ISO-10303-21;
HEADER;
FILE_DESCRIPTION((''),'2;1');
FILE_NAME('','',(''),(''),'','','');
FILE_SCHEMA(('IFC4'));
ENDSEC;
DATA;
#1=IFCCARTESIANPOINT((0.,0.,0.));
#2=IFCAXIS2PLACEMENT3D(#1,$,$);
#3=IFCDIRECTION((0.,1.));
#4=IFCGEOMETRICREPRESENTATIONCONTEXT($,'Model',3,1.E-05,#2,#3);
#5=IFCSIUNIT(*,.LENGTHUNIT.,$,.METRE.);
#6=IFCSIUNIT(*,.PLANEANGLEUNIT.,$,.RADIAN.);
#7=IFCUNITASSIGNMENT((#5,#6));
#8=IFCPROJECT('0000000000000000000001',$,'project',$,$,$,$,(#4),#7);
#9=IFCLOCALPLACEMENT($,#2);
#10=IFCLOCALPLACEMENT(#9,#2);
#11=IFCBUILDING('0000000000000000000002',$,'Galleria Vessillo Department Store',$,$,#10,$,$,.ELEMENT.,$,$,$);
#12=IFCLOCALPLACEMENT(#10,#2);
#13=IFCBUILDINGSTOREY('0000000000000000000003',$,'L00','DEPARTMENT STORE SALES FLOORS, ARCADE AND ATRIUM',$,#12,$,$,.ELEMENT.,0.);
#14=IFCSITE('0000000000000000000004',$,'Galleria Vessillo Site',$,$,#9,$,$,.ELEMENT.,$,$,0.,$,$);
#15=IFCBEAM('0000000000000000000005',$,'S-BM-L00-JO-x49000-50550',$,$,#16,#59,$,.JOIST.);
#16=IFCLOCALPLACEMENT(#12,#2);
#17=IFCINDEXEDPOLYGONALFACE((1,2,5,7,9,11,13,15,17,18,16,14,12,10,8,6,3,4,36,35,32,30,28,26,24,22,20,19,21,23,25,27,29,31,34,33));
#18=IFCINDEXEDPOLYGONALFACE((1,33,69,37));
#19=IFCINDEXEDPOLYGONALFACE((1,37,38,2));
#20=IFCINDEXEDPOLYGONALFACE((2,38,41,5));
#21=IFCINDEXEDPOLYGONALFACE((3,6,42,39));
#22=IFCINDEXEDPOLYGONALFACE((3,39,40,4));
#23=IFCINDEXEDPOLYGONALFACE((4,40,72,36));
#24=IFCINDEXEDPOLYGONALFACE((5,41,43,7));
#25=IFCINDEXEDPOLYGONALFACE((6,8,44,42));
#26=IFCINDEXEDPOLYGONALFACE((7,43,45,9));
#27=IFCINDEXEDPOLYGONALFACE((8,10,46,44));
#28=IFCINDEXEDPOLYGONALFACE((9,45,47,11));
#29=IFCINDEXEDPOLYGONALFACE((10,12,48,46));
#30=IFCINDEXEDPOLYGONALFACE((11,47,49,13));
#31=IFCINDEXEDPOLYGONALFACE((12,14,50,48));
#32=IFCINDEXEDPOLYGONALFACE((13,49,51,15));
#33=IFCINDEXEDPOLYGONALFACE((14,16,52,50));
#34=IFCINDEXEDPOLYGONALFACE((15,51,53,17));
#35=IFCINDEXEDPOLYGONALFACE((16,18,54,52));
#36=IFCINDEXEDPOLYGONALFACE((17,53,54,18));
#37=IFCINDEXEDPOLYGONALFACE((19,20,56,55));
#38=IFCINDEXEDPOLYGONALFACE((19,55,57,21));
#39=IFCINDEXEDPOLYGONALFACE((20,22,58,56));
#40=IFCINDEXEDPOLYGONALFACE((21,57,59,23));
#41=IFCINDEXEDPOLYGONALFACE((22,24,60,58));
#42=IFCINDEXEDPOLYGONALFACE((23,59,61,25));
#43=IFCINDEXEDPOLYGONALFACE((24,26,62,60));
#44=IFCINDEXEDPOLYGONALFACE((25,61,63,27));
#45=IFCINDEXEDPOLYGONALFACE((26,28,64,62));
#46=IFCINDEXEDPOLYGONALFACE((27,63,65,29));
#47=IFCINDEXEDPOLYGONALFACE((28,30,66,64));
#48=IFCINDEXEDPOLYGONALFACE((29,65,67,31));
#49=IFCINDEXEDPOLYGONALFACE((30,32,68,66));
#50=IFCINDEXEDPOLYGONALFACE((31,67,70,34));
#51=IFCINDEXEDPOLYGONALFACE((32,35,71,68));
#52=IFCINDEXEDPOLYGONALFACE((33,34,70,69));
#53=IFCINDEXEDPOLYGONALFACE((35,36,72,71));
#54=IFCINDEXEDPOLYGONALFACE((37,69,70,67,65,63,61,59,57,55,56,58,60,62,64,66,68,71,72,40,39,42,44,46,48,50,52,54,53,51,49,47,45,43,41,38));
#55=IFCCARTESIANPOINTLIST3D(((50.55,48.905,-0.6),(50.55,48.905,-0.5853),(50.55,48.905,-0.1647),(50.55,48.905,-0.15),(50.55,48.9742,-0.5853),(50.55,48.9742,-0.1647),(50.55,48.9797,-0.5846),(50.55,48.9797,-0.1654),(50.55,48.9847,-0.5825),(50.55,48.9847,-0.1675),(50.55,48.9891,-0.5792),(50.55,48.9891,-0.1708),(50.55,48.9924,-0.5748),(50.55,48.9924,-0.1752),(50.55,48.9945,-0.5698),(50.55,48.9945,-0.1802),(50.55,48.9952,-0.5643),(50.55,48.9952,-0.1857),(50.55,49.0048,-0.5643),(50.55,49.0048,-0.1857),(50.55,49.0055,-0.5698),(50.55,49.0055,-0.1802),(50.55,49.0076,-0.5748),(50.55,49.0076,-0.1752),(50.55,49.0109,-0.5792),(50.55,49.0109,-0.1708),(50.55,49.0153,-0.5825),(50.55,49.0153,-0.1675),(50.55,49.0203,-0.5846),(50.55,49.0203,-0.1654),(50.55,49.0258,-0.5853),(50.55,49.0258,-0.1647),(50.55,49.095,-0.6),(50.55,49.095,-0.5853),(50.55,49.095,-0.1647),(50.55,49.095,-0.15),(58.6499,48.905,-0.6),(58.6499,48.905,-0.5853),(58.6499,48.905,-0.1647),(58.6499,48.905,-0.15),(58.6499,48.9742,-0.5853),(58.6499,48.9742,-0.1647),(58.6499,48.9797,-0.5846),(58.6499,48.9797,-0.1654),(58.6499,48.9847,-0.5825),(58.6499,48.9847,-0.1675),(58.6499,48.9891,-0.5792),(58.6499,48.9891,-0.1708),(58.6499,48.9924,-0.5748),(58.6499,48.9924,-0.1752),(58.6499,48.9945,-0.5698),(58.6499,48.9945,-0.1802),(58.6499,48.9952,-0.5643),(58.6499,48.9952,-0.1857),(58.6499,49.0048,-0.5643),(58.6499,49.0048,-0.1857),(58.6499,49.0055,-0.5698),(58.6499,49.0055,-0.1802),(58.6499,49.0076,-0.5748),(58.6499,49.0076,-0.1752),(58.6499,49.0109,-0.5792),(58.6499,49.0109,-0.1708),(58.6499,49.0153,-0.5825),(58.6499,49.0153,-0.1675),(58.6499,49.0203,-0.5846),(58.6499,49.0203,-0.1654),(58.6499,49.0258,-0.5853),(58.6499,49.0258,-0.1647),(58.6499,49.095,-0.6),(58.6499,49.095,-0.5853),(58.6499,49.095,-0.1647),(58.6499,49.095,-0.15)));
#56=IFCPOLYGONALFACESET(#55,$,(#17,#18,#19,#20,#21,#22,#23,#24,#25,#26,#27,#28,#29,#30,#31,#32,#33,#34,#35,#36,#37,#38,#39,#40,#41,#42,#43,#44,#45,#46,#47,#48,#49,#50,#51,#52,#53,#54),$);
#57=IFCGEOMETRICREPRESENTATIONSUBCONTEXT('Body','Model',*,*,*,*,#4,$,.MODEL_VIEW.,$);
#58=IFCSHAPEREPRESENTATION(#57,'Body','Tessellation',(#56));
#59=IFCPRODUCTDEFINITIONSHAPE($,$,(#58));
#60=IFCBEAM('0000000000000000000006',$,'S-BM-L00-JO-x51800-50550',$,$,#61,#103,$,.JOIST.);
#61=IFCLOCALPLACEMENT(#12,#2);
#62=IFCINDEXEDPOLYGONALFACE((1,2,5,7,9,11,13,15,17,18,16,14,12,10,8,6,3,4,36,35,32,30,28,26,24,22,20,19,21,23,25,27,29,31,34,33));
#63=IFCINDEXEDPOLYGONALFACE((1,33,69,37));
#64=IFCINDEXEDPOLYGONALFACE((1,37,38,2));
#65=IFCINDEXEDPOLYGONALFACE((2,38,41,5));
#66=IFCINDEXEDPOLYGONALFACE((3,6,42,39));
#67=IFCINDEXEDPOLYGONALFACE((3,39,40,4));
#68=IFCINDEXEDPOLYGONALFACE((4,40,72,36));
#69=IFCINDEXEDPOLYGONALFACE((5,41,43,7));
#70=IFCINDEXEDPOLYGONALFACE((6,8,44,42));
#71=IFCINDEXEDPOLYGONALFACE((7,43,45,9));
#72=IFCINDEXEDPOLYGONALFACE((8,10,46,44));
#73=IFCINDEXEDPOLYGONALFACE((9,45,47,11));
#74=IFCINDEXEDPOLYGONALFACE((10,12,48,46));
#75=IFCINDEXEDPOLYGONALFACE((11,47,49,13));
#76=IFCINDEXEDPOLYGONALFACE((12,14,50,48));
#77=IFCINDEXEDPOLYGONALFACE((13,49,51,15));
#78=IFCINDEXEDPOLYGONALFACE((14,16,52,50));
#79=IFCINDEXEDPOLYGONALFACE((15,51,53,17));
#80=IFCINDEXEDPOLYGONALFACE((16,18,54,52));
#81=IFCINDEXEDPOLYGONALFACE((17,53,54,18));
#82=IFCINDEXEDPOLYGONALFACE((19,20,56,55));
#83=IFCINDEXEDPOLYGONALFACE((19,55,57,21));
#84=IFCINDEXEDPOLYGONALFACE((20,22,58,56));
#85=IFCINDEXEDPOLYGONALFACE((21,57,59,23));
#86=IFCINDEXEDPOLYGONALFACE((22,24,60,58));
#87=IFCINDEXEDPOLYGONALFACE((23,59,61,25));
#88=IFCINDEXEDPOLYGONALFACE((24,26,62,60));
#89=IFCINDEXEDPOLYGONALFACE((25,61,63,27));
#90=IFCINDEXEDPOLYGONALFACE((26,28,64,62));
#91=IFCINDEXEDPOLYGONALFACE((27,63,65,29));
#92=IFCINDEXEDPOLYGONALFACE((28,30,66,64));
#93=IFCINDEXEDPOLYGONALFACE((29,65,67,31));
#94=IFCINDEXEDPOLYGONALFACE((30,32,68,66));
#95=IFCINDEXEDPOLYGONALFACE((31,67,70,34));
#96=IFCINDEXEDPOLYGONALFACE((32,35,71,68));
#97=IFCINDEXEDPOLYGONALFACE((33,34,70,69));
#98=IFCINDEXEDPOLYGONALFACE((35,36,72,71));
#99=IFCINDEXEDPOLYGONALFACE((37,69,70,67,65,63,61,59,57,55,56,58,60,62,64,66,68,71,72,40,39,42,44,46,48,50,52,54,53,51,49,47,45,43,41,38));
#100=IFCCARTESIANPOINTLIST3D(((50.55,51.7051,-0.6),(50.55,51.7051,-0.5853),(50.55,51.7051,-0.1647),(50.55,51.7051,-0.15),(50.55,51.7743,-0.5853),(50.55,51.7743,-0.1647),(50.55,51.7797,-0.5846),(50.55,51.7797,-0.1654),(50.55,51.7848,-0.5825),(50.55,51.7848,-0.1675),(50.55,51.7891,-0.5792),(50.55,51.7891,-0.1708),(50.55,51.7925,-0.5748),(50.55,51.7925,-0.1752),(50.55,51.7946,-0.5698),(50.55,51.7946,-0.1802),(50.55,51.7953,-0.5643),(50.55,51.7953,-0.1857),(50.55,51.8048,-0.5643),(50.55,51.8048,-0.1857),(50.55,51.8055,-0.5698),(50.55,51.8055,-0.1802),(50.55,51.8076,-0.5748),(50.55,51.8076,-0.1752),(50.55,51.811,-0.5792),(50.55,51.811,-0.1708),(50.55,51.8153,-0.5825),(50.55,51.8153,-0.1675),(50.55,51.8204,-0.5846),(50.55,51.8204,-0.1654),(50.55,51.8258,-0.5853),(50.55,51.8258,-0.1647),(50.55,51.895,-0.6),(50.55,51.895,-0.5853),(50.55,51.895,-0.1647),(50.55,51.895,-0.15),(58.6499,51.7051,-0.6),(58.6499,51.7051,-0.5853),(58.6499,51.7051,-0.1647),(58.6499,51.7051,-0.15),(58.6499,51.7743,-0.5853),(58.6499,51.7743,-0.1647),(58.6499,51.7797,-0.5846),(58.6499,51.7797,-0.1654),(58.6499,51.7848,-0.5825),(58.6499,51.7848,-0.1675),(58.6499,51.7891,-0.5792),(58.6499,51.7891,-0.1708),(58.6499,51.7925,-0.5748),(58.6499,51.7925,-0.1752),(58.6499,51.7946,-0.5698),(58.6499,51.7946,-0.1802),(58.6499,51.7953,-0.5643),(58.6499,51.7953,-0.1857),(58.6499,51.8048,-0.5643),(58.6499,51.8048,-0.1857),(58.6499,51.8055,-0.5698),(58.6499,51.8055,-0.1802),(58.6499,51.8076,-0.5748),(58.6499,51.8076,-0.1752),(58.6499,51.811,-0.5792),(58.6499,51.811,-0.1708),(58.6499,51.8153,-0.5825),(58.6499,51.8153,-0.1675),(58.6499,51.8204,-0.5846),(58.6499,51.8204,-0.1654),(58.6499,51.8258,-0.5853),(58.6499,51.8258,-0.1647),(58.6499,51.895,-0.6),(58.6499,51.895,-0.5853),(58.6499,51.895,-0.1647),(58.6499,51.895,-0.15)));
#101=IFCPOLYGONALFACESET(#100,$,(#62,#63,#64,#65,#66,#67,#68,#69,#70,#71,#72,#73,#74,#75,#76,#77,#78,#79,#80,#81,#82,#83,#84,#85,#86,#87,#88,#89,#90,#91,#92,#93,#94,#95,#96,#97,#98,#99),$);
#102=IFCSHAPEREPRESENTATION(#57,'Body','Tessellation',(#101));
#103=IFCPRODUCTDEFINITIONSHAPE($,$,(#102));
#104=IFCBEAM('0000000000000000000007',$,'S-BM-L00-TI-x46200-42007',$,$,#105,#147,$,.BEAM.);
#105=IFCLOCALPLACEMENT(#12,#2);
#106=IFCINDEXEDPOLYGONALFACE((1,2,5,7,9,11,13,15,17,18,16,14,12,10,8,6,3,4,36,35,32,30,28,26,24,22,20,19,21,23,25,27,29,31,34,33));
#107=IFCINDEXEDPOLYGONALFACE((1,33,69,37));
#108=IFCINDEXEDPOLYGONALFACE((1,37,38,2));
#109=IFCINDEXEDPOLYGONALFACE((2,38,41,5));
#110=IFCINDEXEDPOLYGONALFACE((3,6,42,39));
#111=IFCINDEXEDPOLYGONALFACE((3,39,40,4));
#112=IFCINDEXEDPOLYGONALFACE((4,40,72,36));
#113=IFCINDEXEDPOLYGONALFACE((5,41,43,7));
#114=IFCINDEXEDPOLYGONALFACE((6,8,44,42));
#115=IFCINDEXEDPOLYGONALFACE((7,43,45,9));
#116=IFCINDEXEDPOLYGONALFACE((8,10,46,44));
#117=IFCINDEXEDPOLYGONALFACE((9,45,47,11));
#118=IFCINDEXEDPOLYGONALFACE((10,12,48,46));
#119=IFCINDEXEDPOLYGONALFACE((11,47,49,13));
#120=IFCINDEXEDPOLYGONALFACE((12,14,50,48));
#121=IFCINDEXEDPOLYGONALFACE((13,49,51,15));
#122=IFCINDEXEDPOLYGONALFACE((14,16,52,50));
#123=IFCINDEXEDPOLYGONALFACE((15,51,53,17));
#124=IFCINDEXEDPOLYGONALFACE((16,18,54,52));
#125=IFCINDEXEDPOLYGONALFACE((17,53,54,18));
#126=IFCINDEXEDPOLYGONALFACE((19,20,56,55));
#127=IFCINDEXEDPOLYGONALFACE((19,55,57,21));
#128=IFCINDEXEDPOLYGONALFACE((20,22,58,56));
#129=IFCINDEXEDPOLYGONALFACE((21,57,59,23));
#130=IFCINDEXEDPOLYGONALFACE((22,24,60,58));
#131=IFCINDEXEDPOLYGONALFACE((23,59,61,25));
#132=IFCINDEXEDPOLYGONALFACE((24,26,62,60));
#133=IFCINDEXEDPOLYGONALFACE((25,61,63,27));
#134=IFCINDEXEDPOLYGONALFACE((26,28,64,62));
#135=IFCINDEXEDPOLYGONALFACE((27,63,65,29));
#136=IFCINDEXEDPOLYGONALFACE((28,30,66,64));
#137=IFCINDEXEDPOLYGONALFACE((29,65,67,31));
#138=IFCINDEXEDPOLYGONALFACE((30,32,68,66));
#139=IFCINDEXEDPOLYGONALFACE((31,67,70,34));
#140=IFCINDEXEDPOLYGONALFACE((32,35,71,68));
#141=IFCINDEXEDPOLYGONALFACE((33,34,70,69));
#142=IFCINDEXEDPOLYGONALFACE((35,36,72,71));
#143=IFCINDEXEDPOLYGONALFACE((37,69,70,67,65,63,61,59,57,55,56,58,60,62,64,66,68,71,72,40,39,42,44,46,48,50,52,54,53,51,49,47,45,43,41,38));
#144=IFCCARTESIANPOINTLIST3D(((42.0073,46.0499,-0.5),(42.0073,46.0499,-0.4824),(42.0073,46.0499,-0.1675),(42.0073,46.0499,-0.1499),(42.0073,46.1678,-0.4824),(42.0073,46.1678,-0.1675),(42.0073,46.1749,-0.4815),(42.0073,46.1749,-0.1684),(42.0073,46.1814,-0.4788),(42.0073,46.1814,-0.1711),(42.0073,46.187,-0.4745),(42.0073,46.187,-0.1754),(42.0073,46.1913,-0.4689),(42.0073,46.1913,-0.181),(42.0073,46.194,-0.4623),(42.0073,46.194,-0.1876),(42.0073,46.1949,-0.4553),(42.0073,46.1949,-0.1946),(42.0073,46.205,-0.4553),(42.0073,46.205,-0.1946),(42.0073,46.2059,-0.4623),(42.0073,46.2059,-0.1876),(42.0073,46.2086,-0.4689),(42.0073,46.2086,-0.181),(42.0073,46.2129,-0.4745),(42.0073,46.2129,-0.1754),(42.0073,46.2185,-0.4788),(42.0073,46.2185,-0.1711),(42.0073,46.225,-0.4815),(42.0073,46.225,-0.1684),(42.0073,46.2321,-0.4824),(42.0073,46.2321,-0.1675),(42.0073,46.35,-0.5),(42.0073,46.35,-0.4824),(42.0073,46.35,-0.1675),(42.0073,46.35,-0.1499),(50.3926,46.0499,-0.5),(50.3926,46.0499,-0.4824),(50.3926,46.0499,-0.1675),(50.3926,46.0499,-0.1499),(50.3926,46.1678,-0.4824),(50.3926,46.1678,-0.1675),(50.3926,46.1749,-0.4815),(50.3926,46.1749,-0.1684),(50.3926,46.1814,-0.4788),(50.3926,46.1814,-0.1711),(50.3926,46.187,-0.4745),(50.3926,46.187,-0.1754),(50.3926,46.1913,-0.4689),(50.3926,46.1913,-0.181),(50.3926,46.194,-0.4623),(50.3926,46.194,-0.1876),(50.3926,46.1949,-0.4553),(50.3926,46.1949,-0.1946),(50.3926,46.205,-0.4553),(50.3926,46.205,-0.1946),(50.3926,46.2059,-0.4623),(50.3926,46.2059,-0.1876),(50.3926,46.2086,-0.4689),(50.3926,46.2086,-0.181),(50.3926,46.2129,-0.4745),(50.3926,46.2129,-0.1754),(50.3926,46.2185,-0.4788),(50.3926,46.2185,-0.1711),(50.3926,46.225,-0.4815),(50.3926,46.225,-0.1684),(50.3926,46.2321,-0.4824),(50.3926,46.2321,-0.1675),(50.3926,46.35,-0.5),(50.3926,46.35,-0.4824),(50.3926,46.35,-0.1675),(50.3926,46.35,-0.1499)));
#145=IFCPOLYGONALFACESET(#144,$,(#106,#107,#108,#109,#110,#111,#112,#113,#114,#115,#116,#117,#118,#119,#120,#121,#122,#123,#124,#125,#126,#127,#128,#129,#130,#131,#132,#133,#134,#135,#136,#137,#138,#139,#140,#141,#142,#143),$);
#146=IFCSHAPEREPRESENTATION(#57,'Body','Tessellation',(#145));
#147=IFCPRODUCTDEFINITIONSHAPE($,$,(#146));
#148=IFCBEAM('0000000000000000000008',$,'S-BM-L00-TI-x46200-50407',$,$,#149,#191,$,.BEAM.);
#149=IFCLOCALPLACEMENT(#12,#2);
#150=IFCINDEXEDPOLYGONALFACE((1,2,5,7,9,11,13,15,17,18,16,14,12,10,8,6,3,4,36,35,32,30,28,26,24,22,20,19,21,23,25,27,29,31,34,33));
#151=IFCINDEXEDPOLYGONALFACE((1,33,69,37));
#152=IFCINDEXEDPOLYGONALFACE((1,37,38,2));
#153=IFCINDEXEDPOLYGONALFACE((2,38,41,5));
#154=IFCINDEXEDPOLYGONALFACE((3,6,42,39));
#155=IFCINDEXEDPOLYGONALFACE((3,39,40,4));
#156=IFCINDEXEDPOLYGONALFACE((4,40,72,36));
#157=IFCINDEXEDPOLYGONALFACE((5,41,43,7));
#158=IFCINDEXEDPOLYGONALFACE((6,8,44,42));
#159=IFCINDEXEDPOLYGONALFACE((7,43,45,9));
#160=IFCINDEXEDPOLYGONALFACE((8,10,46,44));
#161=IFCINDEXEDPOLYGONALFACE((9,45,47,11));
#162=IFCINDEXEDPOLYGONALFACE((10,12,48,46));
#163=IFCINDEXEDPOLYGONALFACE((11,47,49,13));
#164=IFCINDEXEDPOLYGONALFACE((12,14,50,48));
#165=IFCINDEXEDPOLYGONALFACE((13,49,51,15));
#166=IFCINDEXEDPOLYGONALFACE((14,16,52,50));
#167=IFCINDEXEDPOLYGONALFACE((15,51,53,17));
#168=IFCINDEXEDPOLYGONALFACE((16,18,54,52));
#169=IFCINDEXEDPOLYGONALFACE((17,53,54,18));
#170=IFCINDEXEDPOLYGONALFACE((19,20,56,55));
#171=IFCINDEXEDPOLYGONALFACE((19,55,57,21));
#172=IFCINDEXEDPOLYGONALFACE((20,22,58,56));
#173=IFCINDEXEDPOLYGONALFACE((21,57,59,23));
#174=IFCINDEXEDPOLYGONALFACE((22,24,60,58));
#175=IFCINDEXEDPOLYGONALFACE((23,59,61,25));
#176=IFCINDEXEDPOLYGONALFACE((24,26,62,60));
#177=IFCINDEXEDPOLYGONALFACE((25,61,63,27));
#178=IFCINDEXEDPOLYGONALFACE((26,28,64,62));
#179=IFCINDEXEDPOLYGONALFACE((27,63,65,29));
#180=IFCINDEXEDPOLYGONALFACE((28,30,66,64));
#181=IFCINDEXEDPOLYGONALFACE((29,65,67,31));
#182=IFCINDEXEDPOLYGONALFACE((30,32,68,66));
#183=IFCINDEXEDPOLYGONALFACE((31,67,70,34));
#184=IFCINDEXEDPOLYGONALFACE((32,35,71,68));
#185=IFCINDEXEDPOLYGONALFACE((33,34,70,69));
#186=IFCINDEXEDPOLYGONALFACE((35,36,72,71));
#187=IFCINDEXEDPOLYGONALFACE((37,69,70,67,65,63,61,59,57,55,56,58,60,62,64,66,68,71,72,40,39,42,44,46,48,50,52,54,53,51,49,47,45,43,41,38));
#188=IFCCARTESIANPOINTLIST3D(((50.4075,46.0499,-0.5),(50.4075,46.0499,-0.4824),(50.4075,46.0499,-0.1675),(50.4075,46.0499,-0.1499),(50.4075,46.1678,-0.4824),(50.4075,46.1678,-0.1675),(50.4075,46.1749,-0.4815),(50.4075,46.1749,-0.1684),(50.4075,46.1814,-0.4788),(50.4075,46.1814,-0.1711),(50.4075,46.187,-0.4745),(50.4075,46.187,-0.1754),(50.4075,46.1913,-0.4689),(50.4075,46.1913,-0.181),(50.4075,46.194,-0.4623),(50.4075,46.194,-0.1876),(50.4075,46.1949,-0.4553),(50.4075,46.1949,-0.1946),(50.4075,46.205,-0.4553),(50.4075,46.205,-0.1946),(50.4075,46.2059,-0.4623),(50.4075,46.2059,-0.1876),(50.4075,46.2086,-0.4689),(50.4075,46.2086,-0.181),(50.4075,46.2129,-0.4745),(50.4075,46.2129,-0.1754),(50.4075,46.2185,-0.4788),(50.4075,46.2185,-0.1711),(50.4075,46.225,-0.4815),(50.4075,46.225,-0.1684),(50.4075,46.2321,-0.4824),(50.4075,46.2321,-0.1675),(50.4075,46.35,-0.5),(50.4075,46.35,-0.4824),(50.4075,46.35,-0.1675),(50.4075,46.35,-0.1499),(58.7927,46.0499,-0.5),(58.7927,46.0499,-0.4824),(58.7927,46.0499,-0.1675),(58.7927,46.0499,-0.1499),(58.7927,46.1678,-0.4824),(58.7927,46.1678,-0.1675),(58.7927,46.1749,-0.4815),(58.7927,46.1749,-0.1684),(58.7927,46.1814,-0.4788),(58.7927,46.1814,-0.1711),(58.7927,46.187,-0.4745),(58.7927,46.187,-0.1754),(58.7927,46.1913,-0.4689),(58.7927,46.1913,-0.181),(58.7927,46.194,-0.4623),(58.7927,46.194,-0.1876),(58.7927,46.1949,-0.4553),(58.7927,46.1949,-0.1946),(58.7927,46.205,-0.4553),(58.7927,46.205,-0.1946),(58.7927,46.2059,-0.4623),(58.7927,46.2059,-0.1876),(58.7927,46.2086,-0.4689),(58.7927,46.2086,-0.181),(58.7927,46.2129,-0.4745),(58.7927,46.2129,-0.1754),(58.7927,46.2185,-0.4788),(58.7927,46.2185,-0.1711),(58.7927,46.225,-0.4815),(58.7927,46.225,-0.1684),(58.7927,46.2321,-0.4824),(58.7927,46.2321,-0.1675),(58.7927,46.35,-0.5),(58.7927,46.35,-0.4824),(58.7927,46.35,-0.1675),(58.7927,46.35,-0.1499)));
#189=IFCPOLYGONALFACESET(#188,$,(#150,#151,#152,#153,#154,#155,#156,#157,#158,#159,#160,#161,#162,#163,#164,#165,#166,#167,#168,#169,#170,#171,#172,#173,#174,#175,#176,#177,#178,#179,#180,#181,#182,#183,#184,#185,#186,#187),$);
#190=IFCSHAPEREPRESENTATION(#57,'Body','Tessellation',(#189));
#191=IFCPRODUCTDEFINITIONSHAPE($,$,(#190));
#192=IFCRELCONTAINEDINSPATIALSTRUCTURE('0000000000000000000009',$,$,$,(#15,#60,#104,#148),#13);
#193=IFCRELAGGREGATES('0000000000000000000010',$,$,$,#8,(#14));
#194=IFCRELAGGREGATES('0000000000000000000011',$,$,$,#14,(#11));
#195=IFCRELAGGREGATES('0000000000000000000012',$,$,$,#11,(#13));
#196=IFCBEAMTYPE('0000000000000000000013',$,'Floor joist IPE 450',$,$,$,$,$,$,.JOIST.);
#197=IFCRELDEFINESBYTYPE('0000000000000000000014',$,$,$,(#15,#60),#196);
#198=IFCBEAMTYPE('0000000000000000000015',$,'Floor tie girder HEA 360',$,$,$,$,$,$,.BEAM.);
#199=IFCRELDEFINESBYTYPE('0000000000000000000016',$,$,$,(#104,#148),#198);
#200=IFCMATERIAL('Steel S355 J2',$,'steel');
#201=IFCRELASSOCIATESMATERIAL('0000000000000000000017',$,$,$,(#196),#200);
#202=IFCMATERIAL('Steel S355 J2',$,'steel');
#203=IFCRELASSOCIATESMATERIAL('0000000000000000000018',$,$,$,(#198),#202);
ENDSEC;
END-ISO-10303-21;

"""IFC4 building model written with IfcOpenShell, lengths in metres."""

from ifc_helpers import new_model, si_unit, direction, frame, origin, origin_2d, place, context, subcontext, project, spatial, i_section, extrude, material, material_profile, profile_set, type_object, element, save


model = new_model("IFC4")

# Units and contexts
model_context = context("Model", 3, precision=1e-05, world=origin(), true_north=direction((0.0, 1.0)))
body_context = subcontext(model_context, "Body", "Model", "MODEL_VIEW")
ifc_project = project(units=[si_unit("LENGTHUNIT", "METRE"), si_unit("PLANEANGLEUNIT", "RADIAN")], contexts=[model_context])

# Site, building, storey
site_placement = place(None, origin())
site = spatial("IfcSite", under=ifc_project, at=site_placement, Name="Galleria Vessillo Site", CompositionType="ELEMENT", RefElevation=0.0)
building_placement = place(site_placement, origin())
building = spatial("IfcBuilding", under=site, at=building_placement, Name="Galleria Vessillo Department Store", CompositionType="ELEMENT")
storey_placement = place(building_placement, origin())
storey = spatial("IfcBuildingStorey", under=building, at=storey_placement, Name="L00", Description="DEPARTMENT STORE SALES FLOORS, ARCADE AND ATRIUM", CompositionType="ELEMENT", Elevation=0.0)

# Beams
ifc_material_1 = material(Name="Steel S355 J2", Category="steel")
ifc_material_profile_1 = material_profile(ifc_material_1, i_section(OverallWidth=0.1899, OverallDepth=0.45, WebThickness=0.0095, FlangeThickness=0.0146, FilletRadius=0.021, at=origin_2d()), Name="IPE 450")
ifc_profile_set_1 = profile_set([ifc_material_profile_1], Name="Steel S355 J2")
beam_type_1 = type_object("IfcBeamType", Name="Floor joist IPE 450", PredefinedType="JOIST", material=ifc_profile_set_1)
for number, where, z_axis, x_axis, name in (
    (1, (50.55, 49.0, -0.375), (1.0, 0.0, 0.0), (0.0, 1.0, 0.0), "S-BM-L00-JO-x49000-50550"),
    (2, (50.55, 51.8, -0.375), (1.0, 0.0, 0.0), (0.0, 1.0, 0.0), "S-BM-L00-JO-x51800-50550"),
):
    element("IfcBeam", number, at=place(storey_placement, frame(where, z_axis=z_axis, x_axis=x_axis)), inside=storey, type_object=beam_type_1, Name=name, PredefinedType="JOIST", context=body_context, shape_type="SweptSolid", body=[
        extrude(i_section(OverallWidth=0.1899, OverallDepth=0.45, WebThickness=0.0095, FlangeThickness=0.0146, FilletRadius=0.021, at=origin_2d()), origin(), (0.0, 0.0, 1.0), 8.0999),
    ])
ifc_material_2 = material(Name="Steel S355 J2", Category="steel")
ifc_material_profile_2 = material_profile(ifc_material_2, i_section(OverallWidth=0.3, OverallDepth=0.3501, WebThickness=0.01, FlangeThickness=0.0176, FilletRadius=0.0271, at=origin_2d()), Name="HEA 360")
ifc_profile_set_2 = profile_set([ifc_material_profile_2], Name="Steel S355 J2")
beam_type_2 = type_object("IfcBeamType", Name="Floor tie girder HEA 360", PredefinedType="BEAM", material=ifc_profile_set_2)
for number, where, z_axis, x_axis, name in (
    (3, (42.0073, 46.2, -0.325), (1.0, 0.0, 0.0), (0.0, 1.0, 0.0), "S-BM-L00-TI-x46200-42007"),
    (4, (50.4075, 46.2, -0.325), (1.0, 0.0, 0.0), (0.0, 1.0, 0.0), "S-BM-L00-TI-x46200-50407"),
):
    element("IfcBeam", number, at=place(storey_placement, frame(where, z_axis=z_axis, x_axis=x_axis)), inside=storey, type_object=beam_type_2, Name=name, PredefinedType="BEAM", context=body_context, shape_type="SweptSolid", body=[
        extrude(i_section(OverallWidth=0.3, OverallDepth=0.3501, WebThickness=0.01, FlangeThickness=0.0176, FilletRadius=0.0271, at=origin_2d()), origin(), (0.0, 0.0, 1.0), 8.3853),
    ])

save(model, "model.ifc")
